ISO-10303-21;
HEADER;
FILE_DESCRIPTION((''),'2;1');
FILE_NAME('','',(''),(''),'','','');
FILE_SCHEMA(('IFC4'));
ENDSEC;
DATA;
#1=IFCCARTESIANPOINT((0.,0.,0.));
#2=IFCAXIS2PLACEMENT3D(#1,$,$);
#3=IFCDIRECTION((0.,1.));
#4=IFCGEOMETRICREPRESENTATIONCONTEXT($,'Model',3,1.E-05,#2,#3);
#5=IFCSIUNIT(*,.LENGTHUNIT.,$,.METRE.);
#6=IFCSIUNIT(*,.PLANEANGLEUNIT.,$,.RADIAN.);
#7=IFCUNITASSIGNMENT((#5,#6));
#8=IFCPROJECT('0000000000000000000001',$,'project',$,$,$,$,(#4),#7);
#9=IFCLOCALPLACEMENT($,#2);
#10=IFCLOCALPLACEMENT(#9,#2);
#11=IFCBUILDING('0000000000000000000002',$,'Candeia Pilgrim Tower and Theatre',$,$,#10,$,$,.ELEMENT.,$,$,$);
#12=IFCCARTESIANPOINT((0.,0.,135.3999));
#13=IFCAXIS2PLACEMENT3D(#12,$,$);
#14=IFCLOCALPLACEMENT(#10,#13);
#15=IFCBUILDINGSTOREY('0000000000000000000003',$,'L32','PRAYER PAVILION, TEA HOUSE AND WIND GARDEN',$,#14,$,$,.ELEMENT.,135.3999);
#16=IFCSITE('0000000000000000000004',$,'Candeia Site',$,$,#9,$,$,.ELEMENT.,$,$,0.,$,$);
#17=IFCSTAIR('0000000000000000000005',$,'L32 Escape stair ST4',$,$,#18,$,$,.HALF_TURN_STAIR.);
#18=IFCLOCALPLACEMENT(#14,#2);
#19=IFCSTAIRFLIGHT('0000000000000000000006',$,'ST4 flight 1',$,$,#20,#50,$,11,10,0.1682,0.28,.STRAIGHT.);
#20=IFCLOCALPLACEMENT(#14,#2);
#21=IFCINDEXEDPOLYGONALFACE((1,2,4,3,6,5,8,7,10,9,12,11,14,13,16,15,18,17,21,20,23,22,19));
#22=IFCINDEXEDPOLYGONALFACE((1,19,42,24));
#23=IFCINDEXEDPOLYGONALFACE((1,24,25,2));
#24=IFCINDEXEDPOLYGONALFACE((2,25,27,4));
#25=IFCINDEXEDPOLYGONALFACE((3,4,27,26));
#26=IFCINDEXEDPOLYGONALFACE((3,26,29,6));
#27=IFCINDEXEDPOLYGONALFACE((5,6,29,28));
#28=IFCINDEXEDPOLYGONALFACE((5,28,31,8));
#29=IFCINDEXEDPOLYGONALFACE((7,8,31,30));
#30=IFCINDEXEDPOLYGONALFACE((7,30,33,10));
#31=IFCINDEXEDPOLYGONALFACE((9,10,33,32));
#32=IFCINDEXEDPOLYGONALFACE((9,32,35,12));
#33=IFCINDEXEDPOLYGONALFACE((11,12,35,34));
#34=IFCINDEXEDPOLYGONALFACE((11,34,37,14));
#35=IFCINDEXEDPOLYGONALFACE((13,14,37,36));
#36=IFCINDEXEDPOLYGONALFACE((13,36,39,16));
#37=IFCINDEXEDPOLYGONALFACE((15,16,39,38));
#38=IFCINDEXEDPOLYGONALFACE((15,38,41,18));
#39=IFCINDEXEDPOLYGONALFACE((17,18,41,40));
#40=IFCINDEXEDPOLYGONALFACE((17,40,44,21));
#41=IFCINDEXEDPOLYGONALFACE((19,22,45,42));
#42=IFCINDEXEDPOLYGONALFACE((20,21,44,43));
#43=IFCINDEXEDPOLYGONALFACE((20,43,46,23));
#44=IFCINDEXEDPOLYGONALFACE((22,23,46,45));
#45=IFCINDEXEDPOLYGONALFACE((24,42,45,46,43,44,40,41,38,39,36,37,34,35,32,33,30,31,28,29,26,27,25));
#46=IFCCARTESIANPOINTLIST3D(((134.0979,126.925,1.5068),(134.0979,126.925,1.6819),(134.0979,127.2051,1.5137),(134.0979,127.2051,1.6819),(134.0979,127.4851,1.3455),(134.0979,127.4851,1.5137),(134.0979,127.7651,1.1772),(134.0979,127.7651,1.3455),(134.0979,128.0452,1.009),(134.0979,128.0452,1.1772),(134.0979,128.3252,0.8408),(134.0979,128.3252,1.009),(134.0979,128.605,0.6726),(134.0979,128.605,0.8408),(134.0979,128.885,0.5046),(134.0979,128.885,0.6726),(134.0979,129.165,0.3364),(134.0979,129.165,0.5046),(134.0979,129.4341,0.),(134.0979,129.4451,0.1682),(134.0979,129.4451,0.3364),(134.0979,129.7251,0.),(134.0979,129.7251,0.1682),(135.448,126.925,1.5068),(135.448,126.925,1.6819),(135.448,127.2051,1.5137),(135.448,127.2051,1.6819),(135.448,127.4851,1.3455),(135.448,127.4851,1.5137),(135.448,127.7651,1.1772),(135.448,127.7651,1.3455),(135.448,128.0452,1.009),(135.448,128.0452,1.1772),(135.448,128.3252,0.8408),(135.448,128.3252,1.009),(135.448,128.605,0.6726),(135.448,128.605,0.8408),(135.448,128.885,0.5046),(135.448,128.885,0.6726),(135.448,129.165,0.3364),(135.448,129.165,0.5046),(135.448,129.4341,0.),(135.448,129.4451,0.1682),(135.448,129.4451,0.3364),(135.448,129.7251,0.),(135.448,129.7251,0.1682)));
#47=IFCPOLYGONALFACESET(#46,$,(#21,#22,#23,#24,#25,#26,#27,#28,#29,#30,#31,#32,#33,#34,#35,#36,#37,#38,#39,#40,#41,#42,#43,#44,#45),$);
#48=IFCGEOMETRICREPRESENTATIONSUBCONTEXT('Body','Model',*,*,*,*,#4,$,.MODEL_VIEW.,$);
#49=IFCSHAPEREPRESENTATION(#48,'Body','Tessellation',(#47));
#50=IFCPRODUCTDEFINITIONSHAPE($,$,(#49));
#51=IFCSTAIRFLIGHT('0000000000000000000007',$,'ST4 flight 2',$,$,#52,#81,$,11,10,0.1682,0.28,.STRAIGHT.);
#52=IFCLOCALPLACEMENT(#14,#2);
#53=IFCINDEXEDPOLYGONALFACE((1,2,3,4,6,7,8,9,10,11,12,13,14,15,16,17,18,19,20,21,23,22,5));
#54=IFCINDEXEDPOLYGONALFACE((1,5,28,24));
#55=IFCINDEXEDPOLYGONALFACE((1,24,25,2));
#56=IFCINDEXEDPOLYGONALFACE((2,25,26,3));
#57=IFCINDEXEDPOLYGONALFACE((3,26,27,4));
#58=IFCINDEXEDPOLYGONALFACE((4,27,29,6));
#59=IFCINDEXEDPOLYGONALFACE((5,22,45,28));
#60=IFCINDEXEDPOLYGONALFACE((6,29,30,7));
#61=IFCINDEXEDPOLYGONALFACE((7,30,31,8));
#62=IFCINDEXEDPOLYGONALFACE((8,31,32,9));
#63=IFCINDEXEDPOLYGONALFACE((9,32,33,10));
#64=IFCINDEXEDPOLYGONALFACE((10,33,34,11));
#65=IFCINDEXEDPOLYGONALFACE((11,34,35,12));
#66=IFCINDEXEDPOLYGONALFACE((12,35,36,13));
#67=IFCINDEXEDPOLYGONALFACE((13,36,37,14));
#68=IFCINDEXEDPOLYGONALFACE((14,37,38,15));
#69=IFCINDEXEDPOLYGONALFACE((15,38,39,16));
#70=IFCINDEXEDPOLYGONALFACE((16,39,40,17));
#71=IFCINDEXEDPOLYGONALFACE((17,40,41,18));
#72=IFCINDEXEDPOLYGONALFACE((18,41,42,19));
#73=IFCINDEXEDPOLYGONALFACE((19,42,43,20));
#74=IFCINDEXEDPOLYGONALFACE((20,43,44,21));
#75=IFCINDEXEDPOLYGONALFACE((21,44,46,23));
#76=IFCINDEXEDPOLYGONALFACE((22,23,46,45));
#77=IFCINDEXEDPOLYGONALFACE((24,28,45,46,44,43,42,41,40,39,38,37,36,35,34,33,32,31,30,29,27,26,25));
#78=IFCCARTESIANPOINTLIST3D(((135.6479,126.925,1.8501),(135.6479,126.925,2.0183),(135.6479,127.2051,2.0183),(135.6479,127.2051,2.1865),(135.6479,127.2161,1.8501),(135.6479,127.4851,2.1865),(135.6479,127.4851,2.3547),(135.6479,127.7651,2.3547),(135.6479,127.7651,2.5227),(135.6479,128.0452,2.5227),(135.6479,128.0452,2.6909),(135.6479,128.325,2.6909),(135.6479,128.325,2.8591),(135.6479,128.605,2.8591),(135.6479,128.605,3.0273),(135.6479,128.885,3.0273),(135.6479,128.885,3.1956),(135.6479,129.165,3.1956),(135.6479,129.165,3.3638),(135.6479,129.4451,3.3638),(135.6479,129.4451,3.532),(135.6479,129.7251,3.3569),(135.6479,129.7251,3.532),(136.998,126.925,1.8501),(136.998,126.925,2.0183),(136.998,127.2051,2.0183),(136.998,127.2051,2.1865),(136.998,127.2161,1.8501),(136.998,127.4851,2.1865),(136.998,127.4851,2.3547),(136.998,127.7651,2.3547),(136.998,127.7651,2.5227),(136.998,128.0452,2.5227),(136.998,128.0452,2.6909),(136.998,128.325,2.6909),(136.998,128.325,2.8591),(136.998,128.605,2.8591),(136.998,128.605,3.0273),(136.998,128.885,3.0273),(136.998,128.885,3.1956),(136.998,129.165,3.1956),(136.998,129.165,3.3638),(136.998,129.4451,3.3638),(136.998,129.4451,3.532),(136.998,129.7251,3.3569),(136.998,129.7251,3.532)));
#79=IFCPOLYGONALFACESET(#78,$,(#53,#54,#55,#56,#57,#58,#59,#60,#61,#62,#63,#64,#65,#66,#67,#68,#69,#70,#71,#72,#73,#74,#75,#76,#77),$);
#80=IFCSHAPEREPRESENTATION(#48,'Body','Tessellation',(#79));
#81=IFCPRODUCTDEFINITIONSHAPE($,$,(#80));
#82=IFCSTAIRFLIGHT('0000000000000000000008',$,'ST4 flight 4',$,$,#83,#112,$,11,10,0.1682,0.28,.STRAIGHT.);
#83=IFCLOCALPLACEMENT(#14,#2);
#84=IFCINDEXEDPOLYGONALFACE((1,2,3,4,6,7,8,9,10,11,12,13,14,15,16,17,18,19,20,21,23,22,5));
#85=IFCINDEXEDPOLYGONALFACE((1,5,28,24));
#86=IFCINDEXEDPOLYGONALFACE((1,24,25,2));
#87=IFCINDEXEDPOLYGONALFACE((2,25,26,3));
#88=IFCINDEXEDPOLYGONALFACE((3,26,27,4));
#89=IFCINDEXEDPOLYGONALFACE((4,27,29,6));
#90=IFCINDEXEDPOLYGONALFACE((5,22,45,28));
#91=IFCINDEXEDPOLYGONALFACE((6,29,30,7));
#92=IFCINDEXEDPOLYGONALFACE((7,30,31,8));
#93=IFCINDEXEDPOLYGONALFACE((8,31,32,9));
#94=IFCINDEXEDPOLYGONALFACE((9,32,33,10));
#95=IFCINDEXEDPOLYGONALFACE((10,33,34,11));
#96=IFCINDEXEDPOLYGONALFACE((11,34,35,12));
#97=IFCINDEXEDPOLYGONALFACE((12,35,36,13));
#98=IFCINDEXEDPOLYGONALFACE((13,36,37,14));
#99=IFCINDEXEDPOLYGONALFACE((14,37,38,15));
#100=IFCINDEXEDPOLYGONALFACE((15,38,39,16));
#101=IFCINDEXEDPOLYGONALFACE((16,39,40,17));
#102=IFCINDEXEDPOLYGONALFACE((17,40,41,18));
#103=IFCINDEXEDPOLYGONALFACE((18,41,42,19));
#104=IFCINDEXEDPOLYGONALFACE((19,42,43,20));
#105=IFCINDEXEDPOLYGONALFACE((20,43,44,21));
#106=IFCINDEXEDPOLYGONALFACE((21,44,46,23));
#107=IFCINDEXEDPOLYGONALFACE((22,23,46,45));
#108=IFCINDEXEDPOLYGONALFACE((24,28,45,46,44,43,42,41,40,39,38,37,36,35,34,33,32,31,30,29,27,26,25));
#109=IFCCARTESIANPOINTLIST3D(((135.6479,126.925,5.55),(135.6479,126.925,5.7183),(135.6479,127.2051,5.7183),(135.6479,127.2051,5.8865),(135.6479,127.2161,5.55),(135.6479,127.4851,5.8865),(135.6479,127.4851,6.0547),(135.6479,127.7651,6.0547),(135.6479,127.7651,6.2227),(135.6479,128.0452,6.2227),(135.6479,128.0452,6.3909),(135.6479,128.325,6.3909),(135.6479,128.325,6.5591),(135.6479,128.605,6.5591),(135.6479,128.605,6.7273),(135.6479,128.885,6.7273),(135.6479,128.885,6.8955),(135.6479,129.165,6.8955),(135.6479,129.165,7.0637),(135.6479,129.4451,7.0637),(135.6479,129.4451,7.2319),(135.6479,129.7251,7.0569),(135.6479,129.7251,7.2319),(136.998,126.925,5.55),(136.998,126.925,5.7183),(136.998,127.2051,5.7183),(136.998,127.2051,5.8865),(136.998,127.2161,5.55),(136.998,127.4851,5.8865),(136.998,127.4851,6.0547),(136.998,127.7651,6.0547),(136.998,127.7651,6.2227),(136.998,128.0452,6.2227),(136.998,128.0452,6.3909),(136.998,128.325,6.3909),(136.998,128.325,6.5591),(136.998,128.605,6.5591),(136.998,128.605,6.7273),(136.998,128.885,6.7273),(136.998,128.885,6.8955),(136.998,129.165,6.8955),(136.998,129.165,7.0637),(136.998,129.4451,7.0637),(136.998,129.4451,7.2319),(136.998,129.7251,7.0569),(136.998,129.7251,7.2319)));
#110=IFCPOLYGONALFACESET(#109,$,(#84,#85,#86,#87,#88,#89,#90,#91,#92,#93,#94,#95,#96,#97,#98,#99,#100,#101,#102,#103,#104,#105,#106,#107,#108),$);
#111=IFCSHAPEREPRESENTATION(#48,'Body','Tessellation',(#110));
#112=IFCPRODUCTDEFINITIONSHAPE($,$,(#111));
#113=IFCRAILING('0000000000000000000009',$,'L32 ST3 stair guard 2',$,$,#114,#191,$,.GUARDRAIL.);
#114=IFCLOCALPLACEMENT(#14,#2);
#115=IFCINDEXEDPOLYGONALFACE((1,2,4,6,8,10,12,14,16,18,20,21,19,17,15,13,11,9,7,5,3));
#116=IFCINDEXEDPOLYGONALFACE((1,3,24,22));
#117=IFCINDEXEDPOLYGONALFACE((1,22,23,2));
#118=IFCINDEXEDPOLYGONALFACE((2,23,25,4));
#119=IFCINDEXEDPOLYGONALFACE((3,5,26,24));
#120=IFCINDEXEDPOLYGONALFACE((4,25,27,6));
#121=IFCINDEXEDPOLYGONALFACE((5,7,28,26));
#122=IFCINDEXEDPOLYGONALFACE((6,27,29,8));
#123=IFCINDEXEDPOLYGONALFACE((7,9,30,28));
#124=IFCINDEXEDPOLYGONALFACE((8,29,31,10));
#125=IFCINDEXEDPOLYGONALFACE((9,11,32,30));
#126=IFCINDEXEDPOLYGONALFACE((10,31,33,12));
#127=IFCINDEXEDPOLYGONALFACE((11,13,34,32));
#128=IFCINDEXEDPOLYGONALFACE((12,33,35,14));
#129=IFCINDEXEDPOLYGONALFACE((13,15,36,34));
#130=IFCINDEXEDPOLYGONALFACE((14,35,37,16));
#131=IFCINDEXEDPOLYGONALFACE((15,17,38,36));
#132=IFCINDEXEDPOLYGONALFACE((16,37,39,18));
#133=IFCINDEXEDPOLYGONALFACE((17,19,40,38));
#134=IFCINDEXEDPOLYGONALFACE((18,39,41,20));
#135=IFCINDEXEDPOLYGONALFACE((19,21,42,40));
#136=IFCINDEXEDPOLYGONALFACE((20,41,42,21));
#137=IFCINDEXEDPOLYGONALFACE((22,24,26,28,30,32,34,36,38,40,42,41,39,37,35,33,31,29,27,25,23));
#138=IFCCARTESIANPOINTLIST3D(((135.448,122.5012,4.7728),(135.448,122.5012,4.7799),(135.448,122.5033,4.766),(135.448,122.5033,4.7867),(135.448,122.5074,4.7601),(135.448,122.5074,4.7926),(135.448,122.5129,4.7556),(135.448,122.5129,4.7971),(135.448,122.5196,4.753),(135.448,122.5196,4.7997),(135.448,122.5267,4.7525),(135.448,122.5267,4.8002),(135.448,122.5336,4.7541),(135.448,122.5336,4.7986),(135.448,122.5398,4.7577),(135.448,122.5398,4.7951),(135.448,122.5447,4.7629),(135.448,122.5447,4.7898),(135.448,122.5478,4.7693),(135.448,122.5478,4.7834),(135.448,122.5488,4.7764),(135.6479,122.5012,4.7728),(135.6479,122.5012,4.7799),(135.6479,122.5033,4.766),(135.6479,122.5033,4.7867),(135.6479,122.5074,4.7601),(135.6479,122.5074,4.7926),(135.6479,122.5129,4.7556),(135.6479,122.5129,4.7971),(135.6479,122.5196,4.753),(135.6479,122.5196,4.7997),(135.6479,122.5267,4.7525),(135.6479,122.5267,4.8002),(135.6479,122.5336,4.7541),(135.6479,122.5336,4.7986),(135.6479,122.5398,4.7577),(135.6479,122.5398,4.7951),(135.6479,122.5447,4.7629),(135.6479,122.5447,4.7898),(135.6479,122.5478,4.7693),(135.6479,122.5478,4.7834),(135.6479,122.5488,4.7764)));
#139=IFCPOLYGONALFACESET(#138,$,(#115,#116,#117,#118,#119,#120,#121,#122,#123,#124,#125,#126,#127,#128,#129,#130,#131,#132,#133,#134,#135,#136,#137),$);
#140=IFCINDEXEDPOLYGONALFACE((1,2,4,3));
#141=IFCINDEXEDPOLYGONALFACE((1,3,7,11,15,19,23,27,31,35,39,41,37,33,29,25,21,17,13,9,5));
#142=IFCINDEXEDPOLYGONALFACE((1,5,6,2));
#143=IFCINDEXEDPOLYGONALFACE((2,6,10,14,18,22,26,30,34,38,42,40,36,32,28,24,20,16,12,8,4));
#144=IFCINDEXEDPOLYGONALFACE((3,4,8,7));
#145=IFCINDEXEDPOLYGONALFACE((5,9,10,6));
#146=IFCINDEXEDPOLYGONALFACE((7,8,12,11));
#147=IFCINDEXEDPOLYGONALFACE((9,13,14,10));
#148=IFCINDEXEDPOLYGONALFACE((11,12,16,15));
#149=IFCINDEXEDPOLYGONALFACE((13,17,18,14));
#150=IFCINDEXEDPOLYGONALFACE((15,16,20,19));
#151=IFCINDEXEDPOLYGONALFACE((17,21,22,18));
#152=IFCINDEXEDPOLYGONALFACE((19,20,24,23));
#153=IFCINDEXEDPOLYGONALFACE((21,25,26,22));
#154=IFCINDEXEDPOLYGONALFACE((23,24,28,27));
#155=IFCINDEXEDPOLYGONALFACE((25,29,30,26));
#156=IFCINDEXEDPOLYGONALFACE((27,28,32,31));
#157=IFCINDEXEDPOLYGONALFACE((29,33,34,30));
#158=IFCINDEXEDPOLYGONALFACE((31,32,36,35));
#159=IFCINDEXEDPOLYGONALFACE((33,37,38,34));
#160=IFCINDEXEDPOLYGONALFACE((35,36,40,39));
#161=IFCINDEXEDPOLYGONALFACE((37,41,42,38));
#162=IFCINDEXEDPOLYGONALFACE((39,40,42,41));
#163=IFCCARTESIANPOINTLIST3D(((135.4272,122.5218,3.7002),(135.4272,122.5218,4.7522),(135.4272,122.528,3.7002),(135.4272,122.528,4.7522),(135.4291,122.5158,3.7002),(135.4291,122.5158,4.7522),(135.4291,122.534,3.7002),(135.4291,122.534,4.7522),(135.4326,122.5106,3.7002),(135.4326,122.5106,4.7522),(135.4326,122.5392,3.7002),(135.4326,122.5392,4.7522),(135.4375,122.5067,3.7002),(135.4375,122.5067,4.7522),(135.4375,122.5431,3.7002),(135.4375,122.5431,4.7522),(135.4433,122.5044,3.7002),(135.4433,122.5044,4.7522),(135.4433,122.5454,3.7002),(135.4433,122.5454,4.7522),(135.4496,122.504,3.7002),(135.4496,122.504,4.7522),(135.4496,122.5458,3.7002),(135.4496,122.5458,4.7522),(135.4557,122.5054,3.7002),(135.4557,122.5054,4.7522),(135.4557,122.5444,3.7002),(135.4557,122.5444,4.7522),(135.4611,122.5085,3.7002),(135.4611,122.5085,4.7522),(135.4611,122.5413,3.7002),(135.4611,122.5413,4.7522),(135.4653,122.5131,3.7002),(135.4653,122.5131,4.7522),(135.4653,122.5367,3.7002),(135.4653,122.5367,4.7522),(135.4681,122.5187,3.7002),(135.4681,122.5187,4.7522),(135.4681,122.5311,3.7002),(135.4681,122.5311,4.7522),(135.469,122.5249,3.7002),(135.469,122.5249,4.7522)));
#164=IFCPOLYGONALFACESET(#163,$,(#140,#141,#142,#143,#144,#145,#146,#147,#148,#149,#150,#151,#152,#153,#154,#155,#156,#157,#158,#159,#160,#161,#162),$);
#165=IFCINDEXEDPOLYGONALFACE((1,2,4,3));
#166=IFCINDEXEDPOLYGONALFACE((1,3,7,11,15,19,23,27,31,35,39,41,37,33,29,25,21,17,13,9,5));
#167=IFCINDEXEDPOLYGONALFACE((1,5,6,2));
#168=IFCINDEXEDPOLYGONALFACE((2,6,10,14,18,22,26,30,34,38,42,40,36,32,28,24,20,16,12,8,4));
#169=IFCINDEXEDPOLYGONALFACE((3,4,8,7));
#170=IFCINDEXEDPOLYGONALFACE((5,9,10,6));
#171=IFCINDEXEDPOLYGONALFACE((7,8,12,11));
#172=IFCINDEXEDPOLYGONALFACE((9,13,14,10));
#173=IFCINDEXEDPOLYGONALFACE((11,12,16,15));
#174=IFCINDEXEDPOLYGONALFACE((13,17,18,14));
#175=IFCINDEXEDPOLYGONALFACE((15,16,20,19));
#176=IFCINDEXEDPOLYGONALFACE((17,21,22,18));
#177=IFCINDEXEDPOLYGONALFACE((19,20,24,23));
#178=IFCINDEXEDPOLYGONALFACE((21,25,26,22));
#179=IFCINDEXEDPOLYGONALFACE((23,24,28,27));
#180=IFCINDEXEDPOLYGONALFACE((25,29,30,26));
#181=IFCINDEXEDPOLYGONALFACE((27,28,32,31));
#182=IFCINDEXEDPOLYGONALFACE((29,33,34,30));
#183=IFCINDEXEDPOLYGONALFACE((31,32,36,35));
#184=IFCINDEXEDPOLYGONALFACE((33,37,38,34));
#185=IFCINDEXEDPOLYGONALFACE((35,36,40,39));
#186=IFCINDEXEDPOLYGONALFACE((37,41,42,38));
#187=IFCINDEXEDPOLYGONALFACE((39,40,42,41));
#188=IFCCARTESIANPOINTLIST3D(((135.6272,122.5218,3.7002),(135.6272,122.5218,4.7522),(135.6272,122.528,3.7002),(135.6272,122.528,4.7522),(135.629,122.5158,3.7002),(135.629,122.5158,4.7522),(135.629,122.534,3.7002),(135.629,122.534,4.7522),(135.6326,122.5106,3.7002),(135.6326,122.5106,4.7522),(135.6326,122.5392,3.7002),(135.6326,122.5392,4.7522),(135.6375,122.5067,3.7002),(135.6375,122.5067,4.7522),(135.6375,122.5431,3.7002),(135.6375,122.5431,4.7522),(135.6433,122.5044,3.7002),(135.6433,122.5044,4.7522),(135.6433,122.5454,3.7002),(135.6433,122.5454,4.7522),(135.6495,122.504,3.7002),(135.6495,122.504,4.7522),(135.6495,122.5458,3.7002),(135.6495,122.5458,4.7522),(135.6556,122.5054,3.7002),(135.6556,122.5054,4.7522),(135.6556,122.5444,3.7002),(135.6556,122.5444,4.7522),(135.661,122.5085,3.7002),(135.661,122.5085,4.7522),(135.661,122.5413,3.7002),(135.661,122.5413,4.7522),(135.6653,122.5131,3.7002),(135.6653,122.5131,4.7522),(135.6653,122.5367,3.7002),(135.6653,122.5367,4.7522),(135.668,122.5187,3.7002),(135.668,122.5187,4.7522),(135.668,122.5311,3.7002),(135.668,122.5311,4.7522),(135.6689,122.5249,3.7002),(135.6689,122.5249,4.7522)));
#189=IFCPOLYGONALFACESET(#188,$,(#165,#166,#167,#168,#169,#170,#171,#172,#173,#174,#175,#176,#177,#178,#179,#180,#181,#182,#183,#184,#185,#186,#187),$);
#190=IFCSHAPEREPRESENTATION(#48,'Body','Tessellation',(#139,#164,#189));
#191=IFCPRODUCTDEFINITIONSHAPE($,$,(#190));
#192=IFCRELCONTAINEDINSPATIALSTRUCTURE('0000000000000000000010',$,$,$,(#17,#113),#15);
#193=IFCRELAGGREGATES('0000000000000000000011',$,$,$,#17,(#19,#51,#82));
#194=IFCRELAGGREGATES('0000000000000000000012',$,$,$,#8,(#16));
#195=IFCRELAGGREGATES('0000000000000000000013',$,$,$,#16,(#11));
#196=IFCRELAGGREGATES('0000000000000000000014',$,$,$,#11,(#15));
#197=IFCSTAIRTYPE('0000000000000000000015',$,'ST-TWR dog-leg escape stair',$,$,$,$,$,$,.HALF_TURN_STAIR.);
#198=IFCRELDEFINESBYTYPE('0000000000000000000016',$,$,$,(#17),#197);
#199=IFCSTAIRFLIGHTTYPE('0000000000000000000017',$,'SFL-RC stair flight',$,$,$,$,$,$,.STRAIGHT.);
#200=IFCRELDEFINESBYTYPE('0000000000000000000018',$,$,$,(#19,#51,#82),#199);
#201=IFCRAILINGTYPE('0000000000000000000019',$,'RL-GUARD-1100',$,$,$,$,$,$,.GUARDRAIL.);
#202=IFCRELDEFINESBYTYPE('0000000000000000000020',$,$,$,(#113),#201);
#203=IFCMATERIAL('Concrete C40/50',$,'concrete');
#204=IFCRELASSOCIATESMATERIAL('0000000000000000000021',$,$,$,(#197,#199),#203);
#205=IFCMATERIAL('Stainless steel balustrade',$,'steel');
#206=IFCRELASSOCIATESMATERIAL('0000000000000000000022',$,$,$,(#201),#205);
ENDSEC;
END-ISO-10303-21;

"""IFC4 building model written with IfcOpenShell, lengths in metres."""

from ifc_helpers import new_model, si_unit, direction, frame, origin, origin_2d, place, context, subcontext, project, spatial, polyline, circle, outline, extrude, material, type_object, element, aggregate, save


model = new_model("IFC4")

# Units and contexts
model_context = context("Model", 3, precision=1e-05, world=origin(), true_north=direction((0.0, 1.0)))
body_context = subcontext(model_context, "Body", "Model", "MODEL_VIEW")
ifc_project = project(units=[si_unit("LENGTHUNIT", "METRE"), si_unit("PLANEANGLEUNIT", "RADIAN")], contexts=[model_context])

# Site, building, storey
site_placement = place(None, origin())
site = spatial("IfcSite", under=ifc_project, at=site_placement, Name="Candeia Site", CompositionType="ELEMENT", RefElevation=0.0)
building_placement = place(site_placement, origin())
building = spatial("IfcBuilding", under=site, at=building_placement, Name="Candeia Pilgrim Tower and Theatre", CompositionType="ELEMENT")
storey_placement = place(building_placement, frame((0.0, 0.0, 135.3999)))
storey = spatial("IfcBuildingStorey", under=building, at=storey_placement, Name="L32", Description="PRAYER PAVILION, TEA HOUSE AND WIND GARDEN", CompositionType="ELEMENT", Elevation=135.3999)

# Shared definitions
ifc_material_1 = material(Name="Concrete C40/50", Category="concrete")

# Stair, stair flights
stair_type = type_object("IfcStairType", Name="ST-TWR dog-leg escape stair", PredefinedType="HALF_TURN_STAIR", material=ifc_material_1)
stair_flight_type = type_object("IfcStairFlightType", Name="SFL-RC stair flight", PredefinedType="STRAIGHT", material=ifc_material_1)
stair_1_placement = place(storey_placement, origin())
stair_1 = element("IfcStair", 1, at=stair_1_placement, inside=storey, type_object=stair_type, Name="L32 Escape stair ST4", PredefinedType="HALF_TURN_STAIR")
stair_flight_1_placement = place(storey_placement, frame((134.7729, 129.7251, 0.0), z_axis=(0.0, 0.0, 1.0), x_axis=(0.0, -1.0, 0.0)))
stair_flight_1 = element("IfcStairFlight", 2, at=stair_flight_1_placement, type_object=stair_flight_type, Name="ST4 flight 1", NumberOfRisers=11, NumberOfTreads=10, PredefinedType="STRAIGHT", RiserHeight=0.1682, TreadLength=0.28, context=body_context, shape_type="SweptSolid", body=[
    extrude(outline(polyline([(0.0, 0.0), (0.0, 0.1682), (0.28, 0.1682), (0.28, 0.3364), (0.5601, 0.3364), (0.5601, 0.5046), (0.8401, 0.5046), (0.8401, 0.6726), (1.1201, 0.6726), (1.1201, 0.8408), (1.3999, 0.8408), (1.3999, 1.009), (1.6799, 1.009), (1.6799, 1.1772), (1.96, 1.1772), (1.96, 1.3455), (2.24, 1.3455), (2.24, 1.5137), (2.52, 1.5137), (2.52, 1.6819), (2.8, 1.6819), (2.8, 1.8501), (2.8, 1.5068), (0.291, 0.0), (0.0, 0.0)])), frame((0.0, 0.675, 0.0), z_axis=(0.0, -1.0, 0.0), x_axis=(1.0, 0.0, 0.0)), (0.0, 0.0, 1.0), 1.3501),
])
stair_flight_2_placement = place(storey_placement, frame((136.323, 126.925, 1.8501), z_axis=(0.0, 0.0, 1.0), x_axis=(0.0, 1.0, 0.0)))
stair_flight_2 = element("IfcStairFlight", 3, at=stair_flight_2_placement, type_object=stair_flight_type, Name="ST4 flight 2", NumberOfRisers=11, NumberOfTreads=10, PredefinedType="STRAIGHT", RiserHeight=0.1682, TreadLength=0.28, context=body_context, shape_type="SweptSolid", body=[
    extrude(outline(polyline([(0.0, 0.0), (0.0, 0.1682), (0.28, 0.1682), (0.28, 0.3364), (0.5601, 0.3364), (0.5601, 0.5046), (0.8401, 0.5046), (0.8401, 0.6726), (1.1201, 0.6726), (1.1201, 0.8408), (1.3999, 0.8408), (1.3999, 1.009), (1.6799, 1.009), (1.6799, 1.1772), (1.96, 1.1772), (1.96, 1.3455), (2.24, 1.3455), (2.24, 1.5137), (2.52, 1.5137), (2.52, 1.6819), (2.8, 1.6819), (2.8, 1.8501), (2.8, 1.5068), (0.291, 0.0), (0.0, 0.0)])), frame((0.0, 0.675, 0.0), z_axis=(0.0, -1.0, 0.0), x_axis=(1.0, 0.0, 0.0)), (0.0, 0.0, 1.0), 1.3501),
])
stair_flight_3_placement = place(storey_placement, frame((136.323, 126.925, 5.55), z_axis=(0.0, 0.0, 1.0), x_axis=(0.0, 1.0, 0.0)))
stair_flight_3 = element("IfcStairFlight", 4, at=stair_flight_3_placement, type_object=stair_flight_type, Name="ST4 flight 4", NumberOfRisers=11, NumberOfTreads=10, PredefinedType="STRAIGHT", RiserHeight=0.1682, TreadLength=0.28, context=body_context, shape_type="SweptSolid", body=[
    extrude(outline(polyline([(0.0, 0.0), (0.0, 0.1682), (0.28, 0.1682), (0.28, 0.3364), (0.5601, 0.3364), (0.5601, 0.5046), (0.8401, 0.5046), (0.8401, 0.6726), (1.1201, 0.6726), (1.1201, 0.8408), (1.3999, 0.8408), (1.3999, 1.009), (1.6799, 1.009), (1.6799, 1.1772), (1.96, 1.1772), (1.96, 1.3455), (2.24, 1.3455), (2.24, 1.5137), (2.52, 1.5137), (2.52, 1.6819), (2.8, 1.6819), (2.8, 1.8501), (2.8, 1.5068), (0.291, 0.0), (0.0, 0.0)])), frame((0.0, 0.675, 0.0), z_axis=(0.0, -1.0, 0.0), x_axis=(1.0, 0.0, 0.0)), (0.0, 0.0, 1.0), 1.3501),
])
aggregate(stair_1, [stair_flight_1, stair_flight_2, stair_flight_3])

# Railing
ifc_material_2 = material(Name="Stainless steel balustrade", Category="steel")
railing_type_1 = type_object("IfcRailingType", Name="RL-GUARD-1100", PredefinedType="GUARDRAIL", material=ifc_material_2)
railing_1_placement = place(storey_placement, frame((135.448, 122.5249, 3.7002)))
element("IfcRailing", 5, at=railing_1_placement, inside=storey, type_object=railing_type_1, Name="L32 ST3 stair guard 2", PredefinedType="GUARDRAIL", context=body_context, shape_type="SweptSolid", body=[
    extrude(circle(Radius=0.0239, at=origin_2d()), frame((0.0, 0.0, 1.0762), z_axis=(1.0, 0.0, 0.0), x_axis=(0.0, 1.0, 0.0)), (0.0, 0.0, 1.0), 0.2),
    extrude(circle(Radius=0.021, at=origin_2d()), origin(), (0.0, 0.0, 1.0), 1.052),
    extrude(circle(Radius=0.021, at=origin_2d()), frame((0.2, 0.0, 0.0)), (0.0, 0.0, 1.0), 1.052),
])

save(model, "model.ifc")
